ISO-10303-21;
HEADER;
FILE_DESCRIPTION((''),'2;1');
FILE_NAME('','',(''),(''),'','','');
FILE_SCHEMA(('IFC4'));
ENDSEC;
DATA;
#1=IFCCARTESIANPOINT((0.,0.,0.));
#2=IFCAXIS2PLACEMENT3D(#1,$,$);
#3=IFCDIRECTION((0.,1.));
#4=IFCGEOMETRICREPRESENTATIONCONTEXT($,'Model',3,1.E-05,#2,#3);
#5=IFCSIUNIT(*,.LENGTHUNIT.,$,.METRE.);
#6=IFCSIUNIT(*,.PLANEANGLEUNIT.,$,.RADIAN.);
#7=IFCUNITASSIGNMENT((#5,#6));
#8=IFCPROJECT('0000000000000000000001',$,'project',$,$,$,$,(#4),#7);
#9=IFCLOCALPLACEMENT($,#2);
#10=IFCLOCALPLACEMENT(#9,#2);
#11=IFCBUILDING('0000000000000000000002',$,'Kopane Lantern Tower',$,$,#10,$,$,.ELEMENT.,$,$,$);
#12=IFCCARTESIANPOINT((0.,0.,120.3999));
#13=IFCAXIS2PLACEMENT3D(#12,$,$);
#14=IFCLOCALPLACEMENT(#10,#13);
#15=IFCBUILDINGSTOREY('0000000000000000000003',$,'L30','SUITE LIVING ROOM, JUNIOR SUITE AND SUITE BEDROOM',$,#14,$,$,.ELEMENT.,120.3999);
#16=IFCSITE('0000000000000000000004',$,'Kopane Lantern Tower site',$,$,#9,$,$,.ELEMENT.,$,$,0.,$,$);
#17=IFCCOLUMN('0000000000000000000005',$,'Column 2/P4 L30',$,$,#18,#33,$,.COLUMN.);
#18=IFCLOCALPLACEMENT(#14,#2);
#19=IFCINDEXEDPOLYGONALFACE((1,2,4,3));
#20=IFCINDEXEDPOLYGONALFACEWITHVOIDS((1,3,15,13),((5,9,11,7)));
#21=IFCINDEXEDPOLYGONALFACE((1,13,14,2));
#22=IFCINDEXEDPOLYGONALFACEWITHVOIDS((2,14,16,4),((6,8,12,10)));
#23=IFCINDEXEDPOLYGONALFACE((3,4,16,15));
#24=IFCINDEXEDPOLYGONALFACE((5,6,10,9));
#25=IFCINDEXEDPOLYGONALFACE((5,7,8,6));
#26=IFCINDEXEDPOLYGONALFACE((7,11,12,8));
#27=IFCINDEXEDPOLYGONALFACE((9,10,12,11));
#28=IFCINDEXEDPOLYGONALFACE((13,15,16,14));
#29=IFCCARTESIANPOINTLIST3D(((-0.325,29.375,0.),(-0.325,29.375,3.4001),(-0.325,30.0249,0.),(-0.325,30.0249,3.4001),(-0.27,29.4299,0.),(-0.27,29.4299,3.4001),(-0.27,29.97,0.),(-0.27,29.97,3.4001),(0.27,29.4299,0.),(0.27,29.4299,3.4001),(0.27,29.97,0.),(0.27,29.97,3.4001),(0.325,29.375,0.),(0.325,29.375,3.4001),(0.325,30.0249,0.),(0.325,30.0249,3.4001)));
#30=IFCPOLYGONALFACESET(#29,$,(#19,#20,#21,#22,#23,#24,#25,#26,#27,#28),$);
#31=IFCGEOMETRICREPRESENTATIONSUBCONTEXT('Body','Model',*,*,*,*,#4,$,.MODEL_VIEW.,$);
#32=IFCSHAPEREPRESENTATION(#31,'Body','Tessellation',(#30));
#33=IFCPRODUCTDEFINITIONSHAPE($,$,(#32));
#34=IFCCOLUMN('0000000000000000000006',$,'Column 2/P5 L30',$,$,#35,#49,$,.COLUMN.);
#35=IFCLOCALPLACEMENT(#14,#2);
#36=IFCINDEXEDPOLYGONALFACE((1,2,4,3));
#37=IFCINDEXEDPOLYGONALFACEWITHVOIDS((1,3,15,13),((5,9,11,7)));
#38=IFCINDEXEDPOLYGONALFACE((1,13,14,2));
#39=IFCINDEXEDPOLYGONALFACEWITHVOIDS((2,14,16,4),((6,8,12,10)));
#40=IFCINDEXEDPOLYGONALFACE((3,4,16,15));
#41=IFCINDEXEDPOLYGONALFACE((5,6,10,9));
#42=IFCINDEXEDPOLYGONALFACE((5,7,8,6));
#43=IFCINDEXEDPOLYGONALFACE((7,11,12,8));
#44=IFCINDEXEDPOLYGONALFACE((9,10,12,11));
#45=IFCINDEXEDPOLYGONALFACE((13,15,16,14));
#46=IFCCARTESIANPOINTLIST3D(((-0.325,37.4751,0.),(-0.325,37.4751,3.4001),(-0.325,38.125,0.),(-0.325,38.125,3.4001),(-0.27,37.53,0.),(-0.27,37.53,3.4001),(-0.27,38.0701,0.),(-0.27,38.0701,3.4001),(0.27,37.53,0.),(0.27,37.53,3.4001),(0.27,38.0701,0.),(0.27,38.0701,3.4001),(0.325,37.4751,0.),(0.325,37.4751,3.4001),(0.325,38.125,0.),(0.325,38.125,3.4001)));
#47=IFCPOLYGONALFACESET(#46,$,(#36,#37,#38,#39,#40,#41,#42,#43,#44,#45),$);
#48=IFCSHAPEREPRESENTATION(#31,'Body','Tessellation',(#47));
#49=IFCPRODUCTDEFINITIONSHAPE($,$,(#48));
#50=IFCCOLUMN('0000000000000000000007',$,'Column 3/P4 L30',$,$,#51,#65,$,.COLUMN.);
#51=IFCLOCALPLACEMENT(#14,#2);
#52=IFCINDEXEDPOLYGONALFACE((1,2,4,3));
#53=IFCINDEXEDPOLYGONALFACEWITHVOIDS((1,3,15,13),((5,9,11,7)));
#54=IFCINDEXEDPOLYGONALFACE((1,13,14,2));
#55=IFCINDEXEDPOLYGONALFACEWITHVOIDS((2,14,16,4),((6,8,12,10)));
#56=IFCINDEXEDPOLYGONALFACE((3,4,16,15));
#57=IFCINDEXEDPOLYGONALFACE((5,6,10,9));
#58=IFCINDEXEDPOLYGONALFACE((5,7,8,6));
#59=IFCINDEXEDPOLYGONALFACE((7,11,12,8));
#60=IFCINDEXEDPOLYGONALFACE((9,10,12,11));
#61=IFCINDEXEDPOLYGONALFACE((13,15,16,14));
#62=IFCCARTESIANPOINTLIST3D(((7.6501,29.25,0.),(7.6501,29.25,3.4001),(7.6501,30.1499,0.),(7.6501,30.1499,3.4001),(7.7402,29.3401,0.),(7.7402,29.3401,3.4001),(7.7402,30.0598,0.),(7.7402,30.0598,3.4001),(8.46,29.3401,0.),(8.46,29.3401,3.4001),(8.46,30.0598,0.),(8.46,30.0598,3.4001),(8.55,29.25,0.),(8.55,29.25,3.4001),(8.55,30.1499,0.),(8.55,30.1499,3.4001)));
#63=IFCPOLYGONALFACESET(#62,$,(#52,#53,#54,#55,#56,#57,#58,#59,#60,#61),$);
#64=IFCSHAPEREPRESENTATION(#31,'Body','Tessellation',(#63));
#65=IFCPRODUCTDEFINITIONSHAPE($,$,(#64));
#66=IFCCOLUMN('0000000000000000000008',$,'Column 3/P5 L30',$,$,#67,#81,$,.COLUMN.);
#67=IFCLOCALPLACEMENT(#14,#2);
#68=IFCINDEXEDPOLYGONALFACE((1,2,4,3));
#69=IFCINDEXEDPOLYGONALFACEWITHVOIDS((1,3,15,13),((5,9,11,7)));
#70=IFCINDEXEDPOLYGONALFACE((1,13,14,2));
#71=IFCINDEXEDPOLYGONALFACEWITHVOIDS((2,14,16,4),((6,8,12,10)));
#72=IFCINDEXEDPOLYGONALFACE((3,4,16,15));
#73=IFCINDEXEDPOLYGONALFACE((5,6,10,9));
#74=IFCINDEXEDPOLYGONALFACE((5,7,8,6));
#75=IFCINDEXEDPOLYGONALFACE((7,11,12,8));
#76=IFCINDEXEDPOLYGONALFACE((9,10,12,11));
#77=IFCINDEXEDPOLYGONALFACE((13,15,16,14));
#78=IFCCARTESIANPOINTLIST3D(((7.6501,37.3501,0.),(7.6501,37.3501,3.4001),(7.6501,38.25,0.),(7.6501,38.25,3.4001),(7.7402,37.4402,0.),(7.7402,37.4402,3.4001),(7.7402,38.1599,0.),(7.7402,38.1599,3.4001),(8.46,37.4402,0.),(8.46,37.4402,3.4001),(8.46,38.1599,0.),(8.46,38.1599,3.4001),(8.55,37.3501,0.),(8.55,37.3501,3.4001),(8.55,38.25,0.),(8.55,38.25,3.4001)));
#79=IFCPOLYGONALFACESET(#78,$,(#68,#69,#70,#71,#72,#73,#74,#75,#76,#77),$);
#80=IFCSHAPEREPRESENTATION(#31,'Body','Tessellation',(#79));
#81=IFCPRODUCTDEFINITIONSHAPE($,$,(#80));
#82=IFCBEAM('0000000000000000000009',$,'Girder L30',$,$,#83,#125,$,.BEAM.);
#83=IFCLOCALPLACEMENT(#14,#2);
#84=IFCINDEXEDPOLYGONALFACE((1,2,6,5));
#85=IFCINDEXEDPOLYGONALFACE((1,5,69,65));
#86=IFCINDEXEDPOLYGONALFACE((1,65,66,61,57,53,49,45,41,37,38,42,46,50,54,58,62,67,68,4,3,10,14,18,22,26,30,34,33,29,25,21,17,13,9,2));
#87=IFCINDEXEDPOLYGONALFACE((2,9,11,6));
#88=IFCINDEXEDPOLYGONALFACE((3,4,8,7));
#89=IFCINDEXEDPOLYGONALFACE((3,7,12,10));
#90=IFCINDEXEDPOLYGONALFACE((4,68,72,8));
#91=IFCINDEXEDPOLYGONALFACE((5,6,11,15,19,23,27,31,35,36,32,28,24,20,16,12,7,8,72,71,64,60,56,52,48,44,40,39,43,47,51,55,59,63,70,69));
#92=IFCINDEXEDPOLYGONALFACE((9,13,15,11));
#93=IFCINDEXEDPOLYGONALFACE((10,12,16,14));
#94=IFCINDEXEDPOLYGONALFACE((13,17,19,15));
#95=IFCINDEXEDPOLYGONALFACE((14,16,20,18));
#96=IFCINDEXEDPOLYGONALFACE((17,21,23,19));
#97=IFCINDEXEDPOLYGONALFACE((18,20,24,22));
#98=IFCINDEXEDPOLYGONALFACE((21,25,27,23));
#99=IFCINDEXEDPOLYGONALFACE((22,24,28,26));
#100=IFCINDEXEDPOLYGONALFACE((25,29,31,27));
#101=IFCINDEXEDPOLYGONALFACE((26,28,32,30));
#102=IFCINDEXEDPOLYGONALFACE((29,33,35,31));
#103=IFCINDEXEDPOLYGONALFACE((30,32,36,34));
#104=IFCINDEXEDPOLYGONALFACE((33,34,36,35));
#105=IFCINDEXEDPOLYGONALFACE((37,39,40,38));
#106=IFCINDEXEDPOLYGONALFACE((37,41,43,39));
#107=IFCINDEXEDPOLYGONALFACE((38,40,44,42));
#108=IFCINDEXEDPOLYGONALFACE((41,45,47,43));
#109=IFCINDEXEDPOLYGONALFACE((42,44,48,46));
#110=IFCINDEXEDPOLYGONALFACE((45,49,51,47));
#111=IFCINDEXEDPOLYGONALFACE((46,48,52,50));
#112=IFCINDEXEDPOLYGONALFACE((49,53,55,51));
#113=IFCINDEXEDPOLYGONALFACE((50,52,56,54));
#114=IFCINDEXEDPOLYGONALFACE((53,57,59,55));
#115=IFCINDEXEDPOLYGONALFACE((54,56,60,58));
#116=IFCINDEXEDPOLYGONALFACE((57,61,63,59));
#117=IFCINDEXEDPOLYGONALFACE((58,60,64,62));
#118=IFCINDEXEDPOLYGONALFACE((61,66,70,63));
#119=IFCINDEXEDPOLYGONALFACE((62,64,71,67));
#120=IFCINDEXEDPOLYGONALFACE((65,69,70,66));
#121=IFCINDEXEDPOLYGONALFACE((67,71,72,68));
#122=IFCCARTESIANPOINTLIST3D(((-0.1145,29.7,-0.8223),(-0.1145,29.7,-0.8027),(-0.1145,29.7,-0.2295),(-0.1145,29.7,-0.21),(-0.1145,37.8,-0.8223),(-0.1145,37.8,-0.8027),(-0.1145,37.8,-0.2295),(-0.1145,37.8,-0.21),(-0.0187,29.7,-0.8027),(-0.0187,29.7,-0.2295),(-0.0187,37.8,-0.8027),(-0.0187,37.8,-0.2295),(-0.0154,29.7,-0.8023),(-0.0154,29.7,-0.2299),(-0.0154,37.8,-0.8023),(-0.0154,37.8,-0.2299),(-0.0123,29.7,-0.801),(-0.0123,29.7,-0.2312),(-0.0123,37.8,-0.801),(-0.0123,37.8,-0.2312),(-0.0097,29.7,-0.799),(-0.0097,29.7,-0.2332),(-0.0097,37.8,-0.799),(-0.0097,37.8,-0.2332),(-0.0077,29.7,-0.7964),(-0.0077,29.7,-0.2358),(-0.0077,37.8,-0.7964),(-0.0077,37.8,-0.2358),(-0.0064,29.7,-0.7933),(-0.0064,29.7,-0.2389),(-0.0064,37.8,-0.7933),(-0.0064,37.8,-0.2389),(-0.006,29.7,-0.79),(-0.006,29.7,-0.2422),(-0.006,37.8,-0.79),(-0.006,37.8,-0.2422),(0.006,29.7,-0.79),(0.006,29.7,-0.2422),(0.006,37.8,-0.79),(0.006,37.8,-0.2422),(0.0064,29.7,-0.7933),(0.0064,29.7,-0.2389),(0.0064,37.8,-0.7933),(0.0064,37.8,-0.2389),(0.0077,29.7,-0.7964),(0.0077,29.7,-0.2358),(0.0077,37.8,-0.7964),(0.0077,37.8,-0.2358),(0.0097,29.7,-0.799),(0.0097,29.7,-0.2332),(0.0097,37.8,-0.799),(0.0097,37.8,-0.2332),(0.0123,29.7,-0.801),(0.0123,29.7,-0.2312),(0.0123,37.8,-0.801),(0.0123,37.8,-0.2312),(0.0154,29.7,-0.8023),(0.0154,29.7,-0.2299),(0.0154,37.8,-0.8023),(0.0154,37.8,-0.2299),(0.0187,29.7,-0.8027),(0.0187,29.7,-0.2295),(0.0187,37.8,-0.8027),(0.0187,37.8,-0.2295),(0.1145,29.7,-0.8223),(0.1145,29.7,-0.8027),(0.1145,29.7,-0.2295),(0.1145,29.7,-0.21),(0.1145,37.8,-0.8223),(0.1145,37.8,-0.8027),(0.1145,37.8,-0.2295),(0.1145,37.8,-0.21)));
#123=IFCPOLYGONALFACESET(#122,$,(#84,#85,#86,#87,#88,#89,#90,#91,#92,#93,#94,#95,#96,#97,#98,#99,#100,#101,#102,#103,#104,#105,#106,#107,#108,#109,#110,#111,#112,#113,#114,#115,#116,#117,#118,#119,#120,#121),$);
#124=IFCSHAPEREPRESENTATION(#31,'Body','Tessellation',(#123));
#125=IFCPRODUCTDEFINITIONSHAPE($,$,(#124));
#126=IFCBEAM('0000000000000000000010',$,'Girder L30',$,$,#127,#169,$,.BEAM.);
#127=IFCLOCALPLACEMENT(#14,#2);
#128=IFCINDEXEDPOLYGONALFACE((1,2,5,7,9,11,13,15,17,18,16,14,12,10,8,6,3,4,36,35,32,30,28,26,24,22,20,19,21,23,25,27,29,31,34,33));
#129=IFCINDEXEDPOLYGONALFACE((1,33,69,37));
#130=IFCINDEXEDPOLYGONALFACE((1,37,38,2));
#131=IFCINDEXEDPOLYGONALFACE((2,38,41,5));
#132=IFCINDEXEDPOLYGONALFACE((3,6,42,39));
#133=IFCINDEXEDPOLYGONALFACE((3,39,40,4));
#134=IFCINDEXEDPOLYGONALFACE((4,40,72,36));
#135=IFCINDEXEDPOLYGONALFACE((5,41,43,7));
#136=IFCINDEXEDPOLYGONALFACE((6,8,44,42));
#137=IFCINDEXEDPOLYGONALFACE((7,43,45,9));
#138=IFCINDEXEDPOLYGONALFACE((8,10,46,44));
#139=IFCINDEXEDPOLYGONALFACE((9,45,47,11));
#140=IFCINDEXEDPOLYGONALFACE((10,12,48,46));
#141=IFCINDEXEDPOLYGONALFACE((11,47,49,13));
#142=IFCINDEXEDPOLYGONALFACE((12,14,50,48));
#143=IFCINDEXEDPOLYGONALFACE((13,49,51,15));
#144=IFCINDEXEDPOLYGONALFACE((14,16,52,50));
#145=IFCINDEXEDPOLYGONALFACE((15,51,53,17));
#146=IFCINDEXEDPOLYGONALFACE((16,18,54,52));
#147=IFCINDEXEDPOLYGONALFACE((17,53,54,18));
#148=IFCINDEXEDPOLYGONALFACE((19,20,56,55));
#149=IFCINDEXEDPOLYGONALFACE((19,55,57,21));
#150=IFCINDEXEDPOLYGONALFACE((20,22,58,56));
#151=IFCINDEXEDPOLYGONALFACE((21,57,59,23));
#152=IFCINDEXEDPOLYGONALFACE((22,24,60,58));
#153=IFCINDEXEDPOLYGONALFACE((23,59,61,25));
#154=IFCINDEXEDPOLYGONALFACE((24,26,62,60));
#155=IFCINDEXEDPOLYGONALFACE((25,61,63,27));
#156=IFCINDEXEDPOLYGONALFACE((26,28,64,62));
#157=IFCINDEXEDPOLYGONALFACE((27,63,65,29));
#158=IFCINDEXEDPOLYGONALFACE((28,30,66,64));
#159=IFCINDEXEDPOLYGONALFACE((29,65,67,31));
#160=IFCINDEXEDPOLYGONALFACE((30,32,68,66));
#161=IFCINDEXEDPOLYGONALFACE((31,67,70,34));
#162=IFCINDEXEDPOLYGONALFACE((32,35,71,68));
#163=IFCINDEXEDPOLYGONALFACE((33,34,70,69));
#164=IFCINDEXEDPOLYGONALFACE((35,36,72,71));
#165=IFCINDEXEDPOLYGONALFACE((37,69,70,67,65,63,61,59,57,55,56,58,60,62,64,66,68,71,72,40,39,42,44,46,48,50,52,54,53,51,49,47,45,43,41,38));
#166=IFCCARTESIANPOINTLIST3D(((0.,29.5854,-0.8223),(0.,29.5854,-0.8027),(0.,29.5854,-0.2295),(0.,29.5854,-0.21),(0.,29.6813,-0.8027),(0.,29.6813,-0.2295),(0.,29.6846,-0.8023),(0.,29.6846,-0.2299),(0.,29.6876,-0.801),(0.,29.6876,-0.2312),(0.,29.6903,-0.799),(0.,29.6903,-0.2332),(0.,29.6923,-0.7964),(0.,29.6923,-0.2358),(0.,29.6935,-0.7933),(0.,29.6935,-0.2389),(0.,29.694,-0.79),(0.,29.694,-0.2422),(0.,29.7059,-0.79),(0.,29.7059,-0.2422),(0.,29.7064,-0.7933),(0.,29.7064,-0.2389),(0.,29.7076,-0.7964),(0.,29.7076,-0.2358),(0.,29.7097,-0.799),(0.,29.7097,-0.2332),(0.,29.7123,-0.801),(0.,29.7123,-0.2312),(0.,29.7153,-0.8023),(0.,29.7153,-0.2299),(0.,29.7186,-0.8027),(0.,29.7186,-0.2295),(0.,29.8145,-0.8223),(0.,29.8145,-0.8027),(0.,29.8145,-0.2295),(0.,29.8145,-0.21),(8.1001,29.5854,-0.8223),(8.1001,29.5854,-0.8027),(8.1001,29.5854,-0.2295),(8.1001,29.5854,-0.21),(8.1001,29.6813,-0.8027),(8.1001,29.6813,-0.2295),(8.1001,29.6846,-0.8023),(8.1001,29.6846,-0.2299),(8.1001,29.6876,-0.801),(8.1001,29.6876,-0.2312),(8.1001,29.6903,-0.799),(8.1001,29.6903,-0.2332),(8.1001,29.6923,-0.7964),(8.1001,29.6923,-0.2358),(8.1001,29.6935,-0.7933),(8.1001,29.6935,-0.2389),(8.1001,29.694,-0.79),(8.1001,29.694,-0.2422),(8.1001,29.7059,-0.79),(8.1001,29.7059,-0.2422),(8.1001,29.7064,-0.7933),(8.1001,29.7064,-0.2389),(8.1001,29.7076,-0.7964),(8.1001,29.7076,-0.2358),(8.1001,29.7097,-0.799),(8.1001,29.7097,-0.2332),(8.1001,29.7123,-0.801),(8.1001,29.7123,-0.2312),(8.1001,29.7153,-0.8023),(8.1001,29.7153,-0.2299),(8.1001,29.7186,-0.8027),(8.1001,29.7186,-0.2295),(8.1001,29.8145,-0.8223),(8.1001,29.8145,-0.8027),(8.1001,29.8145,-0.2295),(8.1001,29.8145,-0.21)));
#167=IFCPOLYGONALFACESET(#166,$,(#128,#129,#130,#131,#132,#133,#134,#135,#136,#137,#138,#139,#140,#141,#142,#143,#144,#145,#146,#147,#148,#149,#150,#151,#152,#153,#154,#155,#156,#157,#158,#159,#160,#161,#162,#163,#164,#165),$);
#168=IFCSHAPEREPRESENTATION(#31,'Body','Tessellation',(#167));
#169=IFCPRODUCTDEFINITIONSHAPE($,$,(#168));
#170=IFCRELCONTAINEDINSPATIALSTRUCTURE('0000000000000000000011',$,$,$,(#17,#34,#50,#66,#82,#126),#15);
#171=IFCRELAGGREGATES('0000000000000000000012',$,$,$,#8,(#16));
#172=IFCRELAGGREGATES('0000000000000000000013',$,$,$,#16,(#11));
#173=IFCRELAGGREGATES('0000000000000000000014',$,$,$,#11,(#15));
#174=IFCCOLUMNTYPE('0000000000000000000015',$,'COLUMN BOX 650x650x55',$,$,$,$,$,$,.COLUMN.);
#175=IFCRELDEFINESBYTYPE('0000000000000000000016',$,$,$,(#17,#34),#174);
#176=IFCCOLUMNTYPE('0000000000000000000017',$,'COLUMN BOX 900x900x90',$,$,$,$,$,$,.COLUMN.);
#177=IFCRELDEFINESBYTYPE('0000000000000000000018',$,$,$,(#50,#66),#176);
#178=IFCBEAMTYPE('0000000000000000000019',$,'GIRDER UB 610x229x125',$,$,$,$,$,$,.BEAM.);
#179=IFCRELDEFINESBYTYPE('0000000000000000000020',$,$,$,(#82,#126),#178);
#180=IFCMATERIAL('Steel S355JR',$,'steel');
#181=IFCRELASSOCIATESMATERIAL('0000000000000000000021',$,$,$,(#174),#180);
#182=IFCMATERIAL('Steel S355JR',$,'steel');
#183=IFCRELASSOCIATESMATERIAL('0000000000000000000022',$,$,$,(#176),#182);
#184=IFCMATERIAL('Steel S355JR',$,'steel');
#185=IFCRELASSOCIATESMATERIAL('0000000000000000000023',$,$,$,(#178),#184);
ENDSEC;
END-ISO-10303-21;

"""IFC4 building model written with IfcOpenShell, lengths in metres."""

from ifc_helpers import new_model, si_unit, direction, frame, origin, origin_2d, place, context, subcontext, project, spatial, hollow_rectangle, i_section, extrude, material, material_profile, profile_set, type_object, element, save


model = new_model("IFC4")

# Units and contexts
model_context = context("Model", 3, precision=1e-05, world=origin(), true_north=direction((0.0, 1.0)))
body_context = subcontext(model_context, "Body", "Model", "MODEL_VIEW")
ifc_project = project(units=[si_unit("LENGTHUNIT", "METRE"), si_unit("PLANEANGLEUNIT", "RADIAN")], contexts=[model_context])

# Site, building, storey
site_placement = place(None, origin())
site = spatial("IfcSite", under=ifc_project, at=site_placement, Name="Kopane Lantern Tower site", CompositionType="ELEMENT", RefElevation=0.0)
building_placement = place(site_placement, origin())
building = spatial("IfcBuilding", under=site, at=building_placement, Name="Kopane Lantern Tower", CompositionType="ELEMENT")
storey_placement = place(building_placement, frame((0.0, 0.0, 120.3999)))
storey = spatial("IfcBuildingStorey", under=building, at=storey_placement, Name="L30", Description="SUITE LIVING ROOM, JUNIOR SUITE AND SUITE BEDROOM", CompositionType="ELEMENT", Elevation=120.3999)

# Columns
ifc_material_1 = material(Name="Steel S355JR", Category="steel")
ifc_material_profile_1 = material_profile(ifc_material_1, hollow_rectangle(XDim=0.6499, YDim=0.6499, WallThickness=0.0549, at=origin_2d()), Name="BOX 650x650x55")
ifc_profile_set_1 = profile_set([ifc_material_profile_1], Name="Steel S355JR")
column_type_1 = type_object("IfcColumnType", Name="COLUMN BOX 650x650x55", PredefinedType="COLUMN", material=ifc_profile_set_1)
for number, where, z_axis, x_axis, name in (
    (1, (0.0, 29.7, 0.0), (0.0, 0.0, 1.0), (1.0, 0.0, 0.0), "Column 2/P4 L30"),
    (2, (0.0, 37.8, 0.0), (0.0, 0.0, 1.0), (1.0, 0.0, 0.0), "Column 2/P5 L30"),
):
    element("IfcColumn", number, at=place(storey_placement, frame(where, z_axis=z_axis, x_axis=x_axis)), inside=storey, type_object=column_type_1, Name=name, PredefinedType="COLUMN", context=body_context, shape_type="SweptSolid", body=[
        extrude(hollow_rectangle(XDim=0.6499, YDim=0.6499, WallThickness=0.0549, at=origin_2d()), origin(), (0.0, 0.0, 1.0), 3.4001),
    ])
ifc_material_2 = material(Name="Steel S355JR", Category="steel")
ifc_material_profile_2 = material_profile(ifc_material_2, hollow_rectangle(XDim=0.8999, YDim=0.8999, WallThickness=0.0901, at=origin_2d()), Name="BOX 900x900x90")
ifc_profile_set_2 = profile_set([ifc_material_profile_2], Name="Steel S355JR")
column_type_2 = type_object("IfcColumnType", Name="COLUMN BOX 900x900x90", PredefinedType="COLUMN", material=ifc_profile_set_2)
for number, where, z_axis, x_axis, name in (
    (3, (8.1001, 29.7, 0.0), (0.0, 0.0, 1.0), (1.0, 0.0, 0.0), "Column 3/P4 L30"),
    (4, (8.1001, 37.8, 0.0), (0.0, 0.0, 1.0), (1.0, 0.0, 0.0), "Column 3/P5 L30"),
):
    element("IfcColumn", number, at=place(storey_placement, frame(where, z_axis=z_axis, x_axis=x_axis)), inside=storey, type_object=column_type_2, Name=name, PredefinedType="COLUMN", context=body_context, shape_type="SweptSolid", body=[
        extrude(hollow_rectangle(XDim=0.8999, YDim=0.8999, WallThickness=0.0901, at=origin_2d()), origin(), (0.0, 0.0, 1.0), 3.4001),
    ])

# Beams
ifc_material_3 = material(Name="Steel S355JR", Category="steel")
ifc_material_profile_3 = material_profile(ifc_material_3, i_section(OverallWidth=0.229, OverallDepth=0.6123, WebThickness=0.012, FlangeThickness=0.0195, FilletRadius=0.0127, at=origin_2d()), Name="UB 610x229x125")
ifc_profile_set_3 = profile_set([ifc_material_profile_3], Name="Steel S355JR")
beam_type = type_object("IfcBeamType", Name="GIRDER UB 610x229x125", PredefinedType="BEAM", material=ifc_profile_set_3)
for number, where, z_axis, x_axis, name in (
    (5, (0.0, 29.7, -0.5161), (0.0, 1.0, 0.0), (-1.0, 0.0, 0.0), "Girder L30"),
    (6, (0.0, 29.7, -0.5161), (1.0, 0.0, 0.0), (0.0, 1.0, 0.0), "Girder L30"),
):
    element("IfcBeam", number, at=place(storey_placement, frame(where, z_axis=z_axis, x_axis=x_axis)), inside=storey, type_object=beam_type, Name=name, PredefinedType="BEAM", context=body_context, shape_type="SweptSolid", body=[
        extrude(i_section(OverallWidth=0.229, OverallDepth=0.6123, WebThickness=0.012, FlangeThickness=0.0195, FilletRadius=0.0127, at=origin_2d()), origin(), (0.0, 0.0, 1.0), 8.1001),
    ])

save(model, "model.ifc")
